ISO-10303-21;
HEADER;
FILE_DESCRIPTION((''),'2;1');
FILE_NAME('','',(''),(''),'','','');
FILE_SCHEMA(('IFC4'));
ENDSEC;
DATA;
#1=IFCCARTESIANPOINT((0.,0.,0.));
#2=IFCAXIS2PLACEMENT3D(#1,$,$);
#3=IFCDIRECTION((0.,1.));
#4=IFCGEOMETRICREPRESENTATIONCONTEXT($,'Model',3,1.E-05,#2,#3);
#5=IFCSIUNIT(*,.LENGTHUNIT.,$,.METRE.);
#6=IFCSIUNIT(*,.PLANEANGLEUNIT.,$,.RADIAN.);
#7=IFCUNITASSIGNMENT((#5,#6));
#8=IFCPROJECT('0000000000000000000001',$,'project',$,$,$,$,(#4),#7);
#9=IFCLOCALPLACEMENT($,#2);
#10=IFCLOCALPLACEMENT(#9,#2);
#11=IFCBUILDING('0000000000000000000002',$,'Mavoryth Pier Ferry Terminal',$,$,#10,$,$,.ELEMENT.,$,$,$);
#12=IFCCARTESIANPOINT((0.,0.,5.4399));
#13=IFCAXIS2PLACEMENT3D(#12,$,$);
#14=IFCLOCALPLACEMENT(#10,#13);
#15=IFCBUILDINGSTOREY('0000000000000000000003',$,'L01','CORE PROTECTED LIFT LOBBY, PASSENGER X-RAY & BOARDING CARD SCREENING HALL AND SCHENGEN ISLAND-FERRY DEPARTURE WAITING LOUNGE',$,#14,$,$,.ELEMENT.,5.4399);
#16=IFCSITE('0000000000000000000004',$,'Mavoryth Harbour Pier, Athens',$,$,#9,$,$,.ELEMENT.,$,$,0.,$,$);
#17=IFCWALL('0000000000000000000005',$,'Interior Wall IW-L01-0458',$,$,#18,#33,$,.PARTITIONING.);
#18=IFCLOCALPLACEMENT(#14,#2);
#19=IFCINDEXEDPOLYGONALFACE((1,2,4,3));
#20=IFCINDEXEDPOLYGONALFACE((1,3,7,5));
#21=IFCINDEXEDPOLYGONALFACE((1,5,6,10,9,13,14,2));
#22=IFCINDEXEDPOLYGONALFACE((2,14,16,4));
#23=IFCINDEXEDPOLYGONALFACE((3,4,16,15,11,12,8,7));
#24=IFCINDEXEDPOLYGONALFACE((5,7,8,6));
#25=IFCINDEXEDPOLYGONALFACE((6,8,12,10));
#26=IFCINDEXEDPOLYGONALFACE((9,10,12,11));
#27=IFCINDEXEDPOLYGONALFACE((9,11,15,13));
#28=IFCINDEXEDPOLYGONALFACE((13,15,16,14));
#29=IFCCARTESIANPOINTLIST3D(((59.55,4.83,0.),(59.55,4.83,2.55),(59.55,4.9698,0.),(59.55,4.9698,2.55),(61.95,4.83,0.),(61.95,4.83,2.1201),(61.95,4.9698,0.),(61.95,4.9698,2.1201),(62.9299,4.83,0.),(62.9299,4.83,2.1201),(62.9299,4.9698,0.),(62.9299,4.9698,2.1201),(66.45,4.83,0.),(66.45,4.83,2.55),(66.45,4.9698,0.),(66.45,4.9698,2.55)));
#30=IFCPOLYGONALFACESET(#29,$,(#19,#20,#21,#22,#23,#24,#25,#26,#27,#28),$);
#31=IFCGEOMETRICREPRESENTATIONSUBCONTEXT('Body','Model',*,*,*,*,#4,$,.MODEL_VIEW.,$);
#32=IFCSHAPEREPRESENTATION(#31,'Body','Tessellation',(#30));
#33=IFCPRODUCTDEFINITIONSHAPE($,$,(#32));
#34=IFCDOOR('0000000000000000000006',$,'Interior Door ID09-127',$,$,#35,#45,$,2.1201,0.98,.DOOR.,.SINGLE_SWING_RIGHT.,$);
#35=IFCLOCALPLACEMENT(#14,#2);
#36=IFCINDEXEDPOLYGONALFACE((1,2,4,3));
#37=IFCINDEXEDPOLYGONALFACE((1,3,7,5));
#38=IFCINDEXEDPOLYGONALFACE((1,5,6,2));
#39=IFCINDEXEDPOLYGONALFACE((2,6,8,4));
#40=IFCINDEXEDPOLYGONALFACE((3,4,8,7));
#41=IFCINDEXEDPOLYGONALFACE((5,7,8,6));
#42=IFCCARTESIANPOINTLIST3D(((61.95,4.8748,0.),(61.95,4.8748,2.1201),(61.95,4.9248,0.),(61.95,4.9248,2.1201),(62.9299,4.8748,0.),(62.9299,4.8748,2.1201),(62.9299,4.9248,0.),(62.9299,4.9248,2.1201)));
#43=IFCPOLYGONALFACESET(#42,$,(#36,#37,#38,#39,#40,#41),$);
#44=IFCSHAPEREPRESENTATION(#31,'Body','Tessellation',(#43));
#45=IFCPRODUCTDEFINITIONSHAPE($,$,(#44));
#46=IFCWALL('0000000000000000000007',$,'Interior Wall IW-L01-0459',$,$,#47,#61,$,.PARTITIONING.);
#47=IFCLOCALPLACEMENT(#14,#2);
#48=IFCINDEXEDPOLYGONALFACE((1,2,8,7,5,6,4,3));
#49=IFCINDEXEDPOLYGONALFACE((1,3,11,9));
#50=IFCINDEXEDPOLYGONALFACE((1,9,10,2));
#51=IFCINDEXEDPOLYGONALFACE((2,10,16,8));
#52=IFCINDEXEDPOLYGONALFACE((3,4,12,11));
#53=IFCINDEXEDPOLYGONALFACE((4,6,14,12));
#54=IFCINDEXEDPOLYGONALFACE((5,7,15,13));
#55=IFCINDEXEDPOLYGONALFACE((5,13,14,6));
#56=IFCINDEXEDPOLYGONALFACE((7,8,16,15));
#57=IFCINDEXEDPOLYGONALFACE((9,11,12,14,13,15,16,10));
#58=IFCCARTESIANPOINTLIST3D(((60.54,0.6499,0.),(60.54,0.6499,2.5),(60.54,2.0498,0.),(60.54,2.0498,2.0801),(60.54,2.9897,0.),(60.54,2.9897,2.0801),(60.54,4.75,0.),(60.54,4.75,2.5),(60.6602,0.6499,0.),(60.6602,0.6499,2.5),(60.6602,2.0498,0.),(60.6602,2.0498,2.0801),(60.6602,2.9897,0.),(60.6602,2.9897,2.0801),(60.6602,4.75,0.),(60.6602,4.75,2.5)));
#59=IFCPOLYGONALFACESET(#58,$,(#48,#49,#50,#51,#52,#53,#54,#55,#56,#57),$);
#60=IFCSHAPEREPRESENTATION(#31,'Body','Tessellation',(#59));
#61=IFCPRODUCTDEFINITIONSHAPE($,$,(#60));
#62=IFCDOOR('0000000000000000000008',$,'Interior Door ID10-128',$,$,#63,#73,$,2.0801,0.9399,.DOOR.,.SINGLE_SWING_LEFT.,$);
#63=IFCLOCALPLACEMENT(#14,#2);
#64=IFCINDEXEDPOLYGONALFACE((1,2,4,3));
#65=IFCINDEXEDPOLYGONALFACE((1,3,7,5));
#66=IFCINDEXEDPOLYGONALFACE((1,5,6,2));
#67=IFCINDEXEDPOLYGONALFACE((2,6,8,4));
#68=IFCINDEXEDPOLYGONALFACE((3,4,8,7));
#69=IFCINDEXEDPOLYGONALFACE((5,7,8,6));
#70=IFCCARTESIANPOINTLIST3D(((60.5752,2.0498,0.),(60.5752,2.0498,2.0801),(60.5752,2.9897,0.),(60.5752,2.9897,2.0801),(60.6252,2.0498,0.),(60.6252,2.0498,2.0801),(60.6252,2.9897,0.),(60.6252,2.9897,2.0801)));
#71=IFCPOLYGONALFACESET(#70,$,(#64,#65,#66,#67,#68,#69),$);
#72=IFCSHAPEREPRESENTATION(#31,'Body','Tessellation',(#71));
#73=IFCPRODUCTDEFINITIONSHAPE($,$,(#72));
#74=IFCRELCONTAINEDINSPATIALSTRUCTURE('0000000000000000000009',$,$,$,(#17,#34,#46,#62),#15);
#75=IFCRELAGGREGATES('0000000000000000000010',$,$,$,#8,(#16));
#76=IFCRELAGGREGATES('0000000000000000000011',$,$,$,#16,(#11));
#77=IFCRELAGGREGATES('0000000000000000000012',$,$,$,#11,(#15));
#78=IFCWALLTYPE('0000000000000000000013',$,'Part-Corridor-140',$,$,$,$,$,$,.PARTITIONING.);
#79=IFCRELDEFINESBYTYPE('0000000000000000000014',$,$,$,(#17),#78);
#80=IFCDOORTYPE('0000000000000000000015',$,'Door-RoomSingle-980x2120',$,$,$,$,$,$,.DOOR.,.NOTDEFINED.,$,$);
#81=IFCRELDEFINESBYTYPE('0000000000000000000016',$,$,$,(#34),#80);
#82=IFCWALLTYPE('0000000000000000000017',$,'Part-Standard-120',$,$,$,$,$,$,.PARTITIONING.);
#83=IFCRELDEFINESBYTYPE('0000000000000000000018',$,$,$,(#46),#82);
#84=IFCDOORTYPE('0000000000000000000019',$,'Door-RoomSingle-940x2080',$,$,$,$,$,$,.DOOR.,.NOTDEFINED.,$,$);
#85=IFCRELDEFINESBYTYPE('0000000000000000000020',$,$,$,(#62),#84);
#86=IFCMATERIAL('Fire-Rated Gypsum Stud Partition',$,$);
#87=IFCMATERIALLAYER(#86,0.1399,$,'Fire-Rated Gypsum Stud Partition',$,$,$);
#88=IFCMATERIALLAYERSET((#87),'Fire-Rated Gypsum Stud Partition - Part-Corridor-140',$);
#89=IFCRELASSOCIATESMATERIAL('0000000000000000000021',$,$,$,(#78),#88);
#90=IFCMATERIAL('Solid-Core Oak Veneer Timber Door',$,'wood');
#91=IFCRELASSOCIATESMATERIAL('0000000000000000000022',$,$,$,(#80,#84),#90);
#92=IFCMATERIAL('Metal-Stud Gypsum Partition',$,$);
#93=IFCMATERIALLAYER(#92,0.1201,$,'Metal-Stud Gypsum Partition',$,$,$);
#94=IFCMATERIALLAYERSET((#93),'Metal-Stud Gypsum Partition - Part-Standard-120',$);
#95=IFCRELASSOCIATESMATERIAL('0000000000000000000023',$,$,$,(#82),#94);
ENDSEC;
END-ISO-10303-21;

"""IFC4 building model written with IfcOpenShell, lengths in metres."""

from ifc_helpers import new_model, si_unit, direction, frame, frame_2d, origin, place, context, subcontext, project, spatial, rectangle, extrude, material, layer, layer_set, type_object, element, fill, save


model = new_model("IFC4")

# Units and contexts
model_context = context("Model", 3, precision=1e-05, world=origin(), true_north=direction((0.0, 1.0)))
body_context = subcontext(model_context, "Body", "Model", "MODEL_VIEW")
ifc_project = project(units=[si_unit("LENGTHUNIT", "METRE"), si_unit("PLANEANGLEUNIT", "RADIAN")], contexts=[model_context])

# Site, building, storey
site_placement = place(None, origin())
site = spatial("IfcSite", under=ifc_project, at=site_placement, Name="Mavoryth Harbour Pier, Athens", CompositionType="ELEMENT", RefElevation=0.0)
building_placement = place(site_placement, origin())
building = spatial("IfcBuilding", under=site, at=building_placement, Name="Mavoryth Pier Ferry Terminal", CompositionType="ELEMENT")
storey_placement = place(building_placement, frame((0.0, 0.0, 5.4399)))
storey = spatial("IfcBuildingStorey", under=building, at=storey_placement, Name="L01", Description="CORE PROTECTED LIFT LOBBY, PASSENGER X-RAY & BOARDING CARD SCREENING HALL AND SCHENGEN ISLAND-FERRY DEPARTURE WAITING LOUNGE", CompositionType="ELEMENT", Elevation=5.4399)

# Walls, openings, doors
ifc_material_1 = material(Name="Fire-Rated Gypsum Stud Partition")
ifc_layer_1 = layer(ifc_material_1, 0.1399, Name="Fire-Rated Gypsum Stud Partition")
ifc_layer_set_1 = layer_set([ifc_layer_1], Name="Fire-Rated Gypsum Stud Partition - Part-Corridor-140")
wall_type_1 = type_object("IfcWallType", Name="Part-Corridor-140", PredefinedType="PARTITIONING", material=ifc_layer_set_1)
wall_1_placement = place(storey_placement, frame((59.55, 4.8999, 0.0), z_axis=(0.0, 0.0, 1.0), x_axis=(1.0, 0.0, 0.0)))
wall_1 = element("IfcWall", 1, at=wall_1_placement, inside=storey, type_object=wall_type_1, Name="Interior Wall IW-L01-0458", PredefinedType="PARTITIONING", context=body_context, shape_type="SweptSolid", body=[
    extrude(rectangle(XDim=6.8999, YDim=0.1399, at=frame_2d((3.45, 0.0))), origin(), (0.0, 0.0, 1.0), 2.55),
])
opening_1_placement = place(wall_1_placement, frame((2.3999, 0.0, 0.0)))
opening_1 = element("IfcOpeningElement", 2, at=opening_1_placement, cuts=wall_1, PredefinedType="OPENING", context=body_context, shape_type="SweptSolid", body=[
    extrude(rectangle(XDim=0.98, YDim=2.1201, at=frame_2d((0.49, 1.0601))), frame((0.0, 0.0798, 0.0), z_axis=(0.0, -1.0, 0.0), x_axis=(1.0, 0.0, 0.0)), (0.0, 0.0, 1.0), 0.1599),
])
ifc_material_2 = material(Name="Solid-Core Oak Veneer Timber Door", Category="wood")
door_type_1 = type_object("IfcDoorType", Name="Door-RoomSingle-980x2120", OperationType="NOTDEFINED", PredefinedType="DOOR", material=ifc_material_2)
door_1_placement = place(opening_1_placement, origin())
door_1 = element("IfcDoor", 3, at=door_1_placement, inside=storey, type_object=door_type_1, Name="Interior Door ID09-127", OperationType="SINGLE_SWING_RIGHT", OverallHeight=2.1201, OverallWidth=0.98, PredefinedType="DOOR", context=body_context, shape_type="SweptSolid", body=[
    extrude(rectangle(XDim=0.98, YDim=2.1201, at=frame_2d((0.49, 1.0601))), frame((0.0, 0.0249, 0.0), z_axis=(0.0, -1.0, 0.0), x_axis=(1.0, 0.0, 0.0)), (0.0, 0.0, 1.0), 0.05),
])
fill(opening_1, door_1)
ifc_material_3 = material(Name="Metal-Stud Gypsum Partition")
ifc_layer_2 = layer(ifc_material_3, 0.1201, Name="Metal-Stud Gypsum Partition")
ifc_layer_set_2 = layer_set([ifc_layer_2], Name="Metal-Stud Gypsum Partition - Part-Standard-120")
wall_type_2 = type_object("IfcWallType", Name="Part-Standard-120", PredefinedType="PARTITIONING", material=ifc_layer_set_2)
wall_2_placement = place(storey_placement, frame((60.6001, 0.6499, 0.0), z_axis=(0.0, 0.0, 1.0), x_axis=(0.0, 1.0, 0.0)))
wall_2 = element("IfcWall", 4, at=wall_2_placement, inside=storey, type_object=wall_type_2, Name="Interior Wall IW-L01-0459", PredefinedType="PARTITIONING", context=body_context, shape_type="SweptSolid", body=[
    extrude(rectangle(XDim=4.1001, YDim=0.1201, at=frame_2d((2.05, 0.0))), origin(), (0.0, 0.0, 1.0), 2.5),
])
opening_2_placement = place(wall_2_placement, frame((1.3999, 0.0, 0.0)))
opening_2 = element("IfcOpeningElement", 5, at=opening_2_placement, cuts=wall_2, PredefinedType="OPENING", context=body_context, shape_type="SweptSolid", body=[
    extrude(rectangle(XDim=0.9399, YDim=2.0801, at=frame_2d((0.47, 1.04))), frame((0.0, 0.0701, 0.0), z_axis=(0.0, -1.0, 0.0), x_axis=(1.0, 0.0, 0.0)), (0.0, 0.0, 1.0), 0.1401),
])
door_type_2 = type_object("IfcDoorType", Name="Door-RoomSingle-940x2080", OperationType="NOTDEFINED", PredefinedType="DOOR", material=ifc_material_2)
door_2_placement = place(opening_2_placement, origin())
door_2 = element("IfcDoor", 6, at=door_2_placement, inside=storey, type_object=door_type_2, Name="Interior Door ID10-128", OperationType="SINGLE_SWING_LEFT", OverallHeight=2.0801, OverallWidth=0.9399, PredefinedType="DOOR", context=body_context, shape_type="SweptSolid", body=[
    extrude(rectangle(XDim=0.9399, YDim=2.0801, at=frame_2d((0.47, 1.04))), frame((0.0, 0.0249, 0.0), z_axis=(0.0, -1.0, 0.0), x_axis=(1.0, 0.0, 0.0)), (0.0, 0.0, 1.0), 0.05),
])
fill(opening_2, door_2)

save(model, "model.ifc")
